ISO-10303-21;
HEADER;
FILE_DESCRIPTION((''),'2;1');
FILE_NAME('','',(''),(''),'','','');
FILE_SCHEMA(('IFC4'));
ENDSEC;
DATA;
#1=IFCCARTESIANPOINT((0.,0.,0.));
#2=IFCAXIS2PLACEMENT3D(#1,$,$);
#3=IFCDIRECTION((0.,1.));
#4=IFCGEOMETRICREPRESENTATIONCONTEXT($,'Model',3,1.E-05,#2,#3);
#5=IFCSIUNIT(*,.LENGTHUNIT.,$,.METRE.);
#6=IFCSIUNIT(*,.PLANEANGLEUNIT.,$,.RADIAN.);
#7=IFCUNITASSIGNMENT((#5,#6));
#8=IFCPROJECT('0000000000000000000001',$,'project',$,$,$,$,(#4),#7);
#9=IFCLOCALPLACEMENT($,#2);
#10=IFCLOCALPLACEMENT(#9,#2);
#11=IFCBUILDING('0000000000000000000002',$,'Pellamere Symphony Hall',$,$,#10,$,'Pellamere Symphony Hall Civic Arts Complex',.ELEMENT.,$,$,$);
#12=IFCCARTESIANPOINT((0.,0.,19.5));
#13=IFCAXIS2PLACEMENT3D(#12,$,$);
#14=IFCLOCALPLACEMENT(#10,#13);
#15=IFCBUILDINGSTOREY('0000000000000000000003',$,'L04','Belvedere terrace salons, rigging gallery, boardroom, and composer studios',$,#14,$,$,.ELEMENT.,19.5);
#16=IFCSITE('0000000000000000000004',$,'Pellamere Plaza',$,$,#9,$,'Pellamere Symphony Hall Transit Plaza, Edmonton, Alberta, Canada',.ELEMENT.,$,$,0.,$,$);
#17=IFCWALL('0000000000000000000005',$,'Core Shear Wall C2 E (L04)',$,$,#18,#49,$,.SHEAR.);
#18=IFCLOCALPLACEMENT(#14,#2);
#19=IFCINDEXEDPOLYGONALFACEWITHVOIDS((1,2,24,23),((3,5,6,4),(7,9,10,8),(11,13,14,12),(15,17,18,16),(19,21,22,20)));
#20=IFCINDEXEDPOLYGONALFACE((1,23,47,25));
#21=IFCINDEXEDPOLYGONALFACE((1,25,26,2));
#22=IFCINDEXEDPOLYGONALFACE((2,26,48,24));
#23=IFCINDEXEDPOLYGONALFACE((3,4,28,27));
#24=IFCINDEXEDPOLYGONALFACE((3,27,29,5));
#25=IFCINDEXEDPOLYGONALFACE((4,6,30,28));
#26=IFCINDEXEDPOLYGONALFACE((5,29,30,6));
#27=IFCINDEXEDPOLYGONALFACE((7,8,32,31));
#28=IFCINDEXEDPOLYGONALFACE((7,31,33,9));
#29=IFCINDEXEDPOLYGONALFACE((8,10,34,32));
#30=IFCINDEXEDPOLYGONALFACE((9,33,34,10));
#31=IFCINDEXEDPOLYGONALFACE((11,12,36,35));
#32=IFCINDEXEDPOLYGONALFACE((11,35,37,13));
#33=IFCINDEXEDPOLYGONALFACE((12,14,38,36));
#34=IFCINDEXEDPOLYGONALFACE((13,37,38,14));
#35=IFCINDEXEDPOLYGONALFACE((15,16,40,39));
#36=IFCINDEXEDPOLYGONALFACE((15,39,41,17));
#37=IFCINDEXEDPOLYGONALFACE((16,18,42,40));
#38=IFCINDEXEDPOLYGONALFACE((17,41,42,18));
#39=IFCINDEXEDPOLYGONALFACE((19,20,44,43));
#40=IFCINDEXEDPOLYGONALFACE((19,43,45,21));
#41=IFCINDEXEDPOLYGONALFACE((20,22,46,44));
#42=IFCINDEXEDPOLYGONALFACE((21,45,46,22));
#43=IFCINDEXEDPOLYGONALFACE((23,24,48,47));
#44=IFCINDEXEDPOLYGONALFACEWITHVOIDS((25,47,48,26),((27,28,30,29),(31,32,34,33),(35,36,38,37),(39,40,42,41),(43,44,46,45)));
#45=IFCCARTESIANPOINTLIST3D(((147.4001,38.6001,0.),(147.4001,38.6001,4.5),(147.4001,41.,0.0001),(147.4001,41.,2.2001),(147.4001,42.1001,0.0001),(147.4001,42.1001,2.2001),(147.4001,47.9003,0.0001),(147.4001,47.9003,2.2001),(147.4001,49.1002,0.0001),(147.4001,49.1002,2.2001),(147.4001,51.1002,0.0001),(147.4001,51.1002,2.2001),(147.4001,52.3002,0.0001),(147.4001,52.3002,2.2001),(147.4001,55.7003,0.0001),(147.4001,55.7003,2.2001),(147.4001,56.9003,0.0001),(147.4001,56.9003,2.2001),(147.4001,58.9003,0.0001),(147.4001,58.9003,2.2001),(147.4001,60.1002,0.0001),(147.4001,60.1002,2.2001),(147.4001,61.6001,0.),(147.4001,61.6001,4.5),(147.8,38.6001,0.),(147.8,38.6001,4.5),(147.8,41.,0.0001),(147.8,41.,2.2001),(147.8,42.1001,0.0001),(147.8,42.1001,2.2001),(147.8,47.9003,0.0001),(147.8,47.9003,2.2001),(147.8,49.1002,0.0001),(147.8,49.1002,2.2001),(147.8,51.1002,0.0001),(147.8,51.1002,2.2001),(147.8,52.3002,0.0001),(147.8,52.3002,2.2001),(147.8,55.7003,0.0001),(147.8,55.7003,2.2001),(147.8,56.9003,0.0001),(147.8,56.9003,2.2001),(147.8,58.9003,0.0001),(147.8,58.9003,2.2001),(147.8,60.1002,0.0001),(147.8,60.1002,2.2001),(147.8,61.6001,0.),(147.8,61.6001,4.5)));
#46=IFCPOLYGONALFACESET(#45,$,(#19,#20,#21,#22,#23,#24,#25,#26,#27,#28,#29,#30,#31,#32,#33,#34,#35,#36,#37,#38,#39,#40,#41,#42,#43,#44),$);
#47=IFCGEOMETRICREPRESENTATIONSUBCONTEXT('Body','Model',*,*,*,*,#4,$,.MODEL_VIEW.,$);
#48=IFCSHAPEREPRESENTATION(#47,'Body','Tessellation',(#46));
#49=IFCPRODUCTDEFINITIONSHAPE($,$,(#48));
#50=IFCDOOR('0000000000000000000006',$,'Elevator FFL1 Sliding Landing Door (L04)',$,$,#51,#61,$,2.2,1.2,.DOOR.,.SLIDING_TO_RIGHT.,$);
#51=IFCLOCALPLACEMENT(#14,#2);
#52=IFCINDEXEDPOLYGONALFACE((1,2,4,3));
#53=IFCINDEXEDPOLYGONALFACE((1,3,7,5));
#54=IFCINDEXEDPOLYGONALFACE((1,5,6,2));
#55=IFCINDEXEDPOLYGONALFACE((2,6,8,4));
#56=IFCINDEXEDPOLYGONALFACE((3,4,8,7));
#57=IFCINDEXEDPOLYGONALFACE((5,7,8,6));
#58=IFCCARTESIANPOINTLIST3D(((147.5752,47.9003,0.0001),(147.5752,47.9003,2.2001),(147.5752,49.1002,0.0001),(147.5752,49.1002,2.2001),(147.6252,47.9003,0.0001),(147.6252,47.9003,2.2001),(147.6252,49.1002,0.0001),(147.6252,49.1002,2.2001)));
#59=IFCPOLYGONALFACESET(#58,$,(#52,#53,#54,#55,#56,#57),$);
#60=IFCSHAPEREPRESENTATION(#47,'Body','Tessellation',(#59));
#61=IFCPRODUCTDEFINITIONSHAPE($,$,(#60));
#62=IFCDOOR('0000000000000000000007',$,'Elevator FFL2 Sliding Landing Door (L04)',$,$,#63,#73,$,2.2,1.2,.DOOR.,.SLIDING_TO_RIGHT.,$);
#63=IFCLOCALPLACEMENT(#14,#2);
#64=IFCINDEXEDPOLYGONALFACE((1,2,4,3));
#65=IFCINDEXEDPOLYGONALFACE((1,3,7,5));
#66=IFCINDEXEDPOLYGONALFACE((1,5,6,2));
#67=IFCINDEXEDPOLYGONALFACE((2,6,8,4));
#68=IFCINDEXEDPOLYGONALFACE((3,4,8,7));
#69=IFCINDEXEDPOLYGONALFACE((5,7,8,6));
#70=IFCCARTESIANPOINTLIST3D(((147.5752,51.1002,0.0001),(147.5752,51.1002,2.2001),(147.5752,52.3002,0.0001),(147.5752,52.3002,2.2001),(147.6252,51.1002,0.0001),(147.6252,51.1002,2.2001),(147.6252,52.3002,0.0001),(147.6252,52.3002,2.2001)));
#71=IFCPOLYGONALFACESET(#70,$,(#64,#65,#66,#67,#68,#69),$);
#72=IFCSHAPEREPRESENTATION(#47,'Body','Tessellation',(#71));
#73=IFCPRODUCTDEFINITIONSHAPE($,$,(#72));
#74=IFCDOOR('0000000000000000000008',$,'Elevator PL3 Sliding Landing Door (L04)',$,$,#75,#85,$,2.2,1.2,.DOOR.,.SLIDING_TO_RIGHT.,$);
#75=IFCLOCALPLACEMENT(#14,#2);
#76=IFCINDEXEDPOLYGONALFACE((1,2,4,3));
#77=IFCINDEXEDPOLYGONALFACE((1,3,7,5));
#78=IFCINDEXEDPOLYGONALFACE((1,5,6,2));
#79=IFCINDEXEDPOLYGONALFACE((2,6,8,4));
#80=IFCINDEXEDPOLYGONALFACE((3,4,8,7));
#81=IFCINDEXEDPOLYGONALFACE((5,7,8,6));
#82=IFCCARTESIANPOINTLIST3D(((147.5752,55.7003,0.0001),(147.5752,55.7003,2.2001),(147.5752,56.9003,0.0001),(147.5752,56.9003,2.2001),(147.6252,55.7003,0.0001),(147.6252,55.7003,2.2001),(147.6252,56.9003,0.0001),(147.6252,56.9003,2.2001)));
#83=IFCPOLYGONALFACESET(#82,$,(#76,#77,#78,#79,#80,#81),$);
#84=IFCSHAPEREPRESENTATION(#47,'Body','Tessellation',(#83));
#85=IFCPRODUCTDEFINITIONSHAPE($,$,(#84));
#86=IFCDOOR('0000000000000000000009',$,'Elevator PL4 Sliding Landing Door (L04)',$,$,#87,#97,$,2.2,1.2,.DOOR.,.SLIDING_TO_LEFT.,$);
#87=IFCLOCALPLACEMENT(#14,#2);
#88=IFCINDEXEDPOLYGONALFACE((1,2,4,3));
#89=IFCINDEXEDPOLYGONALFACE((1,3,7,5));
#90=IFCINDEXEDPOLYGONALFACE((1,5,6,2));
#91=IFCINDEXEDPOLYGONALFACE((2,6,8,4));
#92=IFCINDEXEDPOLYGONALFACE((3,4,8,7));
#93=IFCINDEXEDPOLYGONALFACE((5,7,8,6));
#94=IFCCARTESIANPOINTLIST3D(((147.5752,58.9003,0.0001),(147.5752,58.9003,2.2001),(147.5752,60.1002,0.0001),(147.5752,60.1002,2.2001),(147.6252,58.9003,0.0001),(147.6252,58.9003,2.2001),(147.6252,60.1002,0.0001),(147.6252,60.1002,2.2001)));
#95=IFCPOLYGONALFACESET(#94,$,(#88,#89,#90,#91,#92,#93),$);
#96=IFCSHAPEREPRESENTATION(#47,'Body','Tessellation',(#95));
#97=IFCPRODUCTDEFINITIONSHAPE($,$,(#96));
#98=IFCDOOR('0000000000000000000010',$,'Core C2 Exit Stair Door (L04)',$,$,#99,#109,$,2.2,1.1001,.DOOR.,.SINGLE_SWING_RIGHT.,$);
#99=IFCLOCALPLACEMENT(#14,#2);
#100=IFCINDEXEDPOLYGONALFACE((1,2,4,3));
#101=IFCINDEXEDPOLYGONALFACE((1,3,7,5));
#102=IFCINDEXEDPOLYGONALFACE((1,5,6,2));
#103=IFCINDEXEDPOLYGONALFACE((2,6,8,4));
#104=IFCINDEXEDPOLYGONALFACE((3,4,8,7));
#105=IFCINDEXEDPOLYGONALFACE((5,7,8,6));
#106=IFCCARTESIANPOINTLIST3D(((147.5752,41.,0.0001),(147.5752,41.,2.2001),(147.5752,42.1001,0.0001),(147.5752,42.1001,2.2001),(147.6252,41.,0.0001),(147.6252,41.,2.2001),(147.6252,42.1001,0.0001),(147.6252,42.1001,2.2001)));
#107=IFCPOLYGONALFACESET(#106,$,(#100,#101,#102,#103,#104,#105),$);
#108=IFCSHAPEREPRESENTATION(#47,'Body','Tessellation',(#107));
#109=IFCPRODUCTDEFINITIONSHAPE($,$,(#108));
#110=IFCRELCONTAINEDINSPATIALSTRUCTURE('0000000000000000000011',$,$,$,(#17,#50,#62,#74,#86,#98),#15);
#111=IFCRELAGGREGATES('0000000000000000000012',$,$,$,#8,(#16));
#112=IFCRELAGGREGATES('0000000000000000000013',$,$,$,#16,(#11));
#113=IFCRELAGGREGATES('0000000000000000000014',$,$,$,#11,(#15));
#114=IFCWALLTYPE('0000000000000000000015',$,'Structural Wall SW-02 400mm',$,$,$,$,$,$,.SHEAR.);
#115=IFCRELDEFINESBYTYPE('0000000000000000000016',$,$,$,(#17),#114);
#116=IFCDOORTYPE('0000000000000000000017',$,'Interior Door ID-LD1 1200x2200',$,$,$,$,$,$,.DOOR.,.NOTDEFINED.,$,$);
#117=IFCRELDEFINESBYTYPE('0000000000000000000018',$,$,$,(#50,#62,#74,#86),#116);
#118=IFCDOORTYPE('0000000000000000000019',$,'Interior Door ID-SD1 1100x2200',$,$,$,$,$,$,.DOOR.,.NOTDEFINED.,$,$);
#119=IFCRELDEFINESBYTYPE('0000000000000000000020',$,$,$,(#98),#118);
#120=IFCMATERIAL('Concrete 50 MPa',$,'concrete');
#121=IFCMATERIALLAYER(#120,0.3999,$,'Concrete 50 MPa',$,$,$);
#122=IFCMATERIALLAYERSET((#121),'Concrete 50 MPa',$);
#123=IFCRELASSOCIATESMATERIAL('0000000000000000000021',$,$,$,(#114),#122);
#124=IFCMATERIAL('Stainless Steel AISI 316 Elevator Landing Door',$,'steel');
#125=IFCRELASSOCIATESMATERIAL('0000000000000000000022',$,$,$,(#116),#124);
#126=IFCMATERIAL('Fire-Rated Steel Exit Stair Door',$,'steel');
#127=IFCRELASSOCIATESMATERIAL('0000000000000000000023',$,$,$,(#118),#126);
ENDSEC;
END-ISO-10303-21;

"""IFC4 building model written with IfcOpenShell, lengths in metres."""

from ifc_helpers import new_model, si_unit, direction, frame, frame_2d, origin, place, context, subcontext, project, spatial, rectangle, extrude, material, layer, layer_set, type_object, element, fill, save


model = new_model("IFC4")

# Units and contexts
model_context = context("Model", 3, precision=1e-05, world=origin(), true_north=direction((0.0, 1.0)))
body_context = subcontext(model_context, "Body", "Model", "MODEL_VIEW")
ifc_project = project(units=[si_unit("LENGTHUNIT", "METRE"), si_unit("PLANEANGLEUNIT", "RADIAN")], contexts=[model_context])

# Site, building, storey
site_placement = place(None, origin())
site = spatial("IfcSite", under=ifc_project, at=site_placement, Name="Pellamere Plaza", LongName="Pellamere Symphony Hall Transit Plaza, Edmonton, Alberta, Canada", CompositionType="ELEMENT", RefElevation=0.0)
building_placement = place(site_placement, origin())
building = spatial("IfcBuilding", under=site, at=building_placement, Name="Pellamere Symphony Hall", LongName="Pellamere Symphony Hall Civic Arts Complex", CompositionType="ELEMENT")
storey_placement = place(building_placement, frame((0.0, 0.0, 19.5)))
storey = spatial("IfcBuildingStorey", under=building, at=storey_placement, Name="L04", Description="Belvedere terrace salons, rigging gallery, boardroom, and composer studios", CompositionType="ELEMENT", Elevation=19.5)

# Wall, openings, doors
ifc_material_1 = material(Name="Concrete 50 MPa", Category="concrete")
ifc_layer_1 = layer(ifc_material_1, 0.3999, Name="Concrete 50 MPa")
ifc_layer_set_1 = layer_set([ifc_layer_1], Name="Concrete 50 MPa")
wall_type_1 = type_object("IfcWallType", Name="Structural Wall SW-02 400mm", PredefinedType="SHEAR", material=ifc_layer_set_1)
wall_1_placement = place(storey_placement, frame((147.6001, 38.6001, 0.0), z_axis=(0.0, 0.0, 1.0), x_axis=(0.0, 1.0, 0.0)))
wall_1 = element("IfcWall", 1, at=wall_1_placement, inside=storey, type_object=wall_type_1, Name="Core Shear Wall C2 E (L04)", PredefinedType="SHEAR", context=body_context, shape_type="SweptSolid", body=[
    extrude(rectangle(XDim=23.0, YDim=0.3999, at=frame_2d((11.5, 0.0))), origin(), (0.0, 0.0, 1.0), 4.5),
])
opening_1_placement = place(wall_1_placement, frame((9.3, 0.0, 0.0)))
opening_1 = element("IfcOpeningElement", 2, at=opening_1_placement, cuts=wall_1, PredefinedType="OPENING", context=body_context, shape_type="SweptSolid", body=[
    extrude(rectangle(XDim=1.2, YDim=2.2, at=frame_2d((0.6001, 1.1001))), frame((0.0, 0.21, 0.0), z_axis=(0.0, -1.0, 0.0), x_axis=(1.0, 0.0, 0.0)), (0.0, 0.0, 1.0), 0.4199),
])
opening_2_placement = place(wall_1_placement, frame((12.5, 0.0, 0.0)))
opening_2 = element("IfcOpeningElement", 3, at=opening_2_placement, cuts=wall_1, PredefinedType="OPENING", context=body_context, shape_type="SweptSolid", body=[
    extrude(rectangle(XDim=1.2, YDim=2.2, at=frame_2d((0.6001, 1.1001))), frame((0.0, 0.21, 0.0), z_axis=(0.0, -1.0, 0.0), x_axis=(1.0, 0.0, 0.0)), (0.0, 0.0, 1.0), 0.4199),
])
opening_3_placement = place(wall_1_placement, frame((17.1001, 0.0, 0.0)))
opening_3 = element("IfcOpeningElement", 4, at=opening_3_placement, cuts=wall_1, PredefinedType="OPENING", context=body_context, shape_type="SweptSolid", body=[
    extrude(rectangle(XDim=1.2, YDim=2.2, at=frame_2d((0.6001, 1.1001))), frame((0.0, 0.21, 0.0), z_axis=(0.0, -1.0, 0.0), x_axis=(1.0, 0.0, 0.0)), (0.0, 0.0, 1.0), 0.4199),
])
opening_4_placement = place(wall_1_placement, frame((20.3, 0.0, 0.0)))
opening_4 = element("IfcOpeningElement", 5, at=opening_4_placement, cuts=wall_1, PredefinedType="OPENING", context=body_context, shape_type="SweptSolid", body=[
    extrude(rectangle(XDim=1.2, YDim=2.2, at=frame_2d((0.6001, 1.1001))), frame((0.0, 0.21, 0.0), z_axis=(0.0, -1.0, 0.0), x_axis=(1.0, 0.0, 0.0)), (0.0, 0.0, 1.0), 0.4199),
])
opening_5_placement = place(wall_1_placement, frame((2.3999, 0.0, 0.0)))
opening_5 = element("IfcOpeningElement", 6, at=opening_5_placement, cuts=wall_1, PredefinedType="OPENING", context=body_context, shape_type="SweptSolid", body=[
    extrude(rectangle(XDim=1.1001, YDim=2.2, at=frame_2d((0.55, 1.1001))), frame((0.0, 0.21, 0.0), z_axis=(0.0, -1.0, 0.0), x_axis=(1.0, 0.0, 0.0)), (0.0, 0.0, 1.0), 0.4199),
])
ifc_material_2 = material(Name="Stainless Steel AISI 316 Elevator Landing Door", Category="steel")
door_type_1 = type_object("IfcDoorType", Name="Interior Door ID-LD1 1200x2200", OperationType="NOTDEFINED", PredefinedType="DOOR", material=ifc_material_2)
door_1_placement = place(opening_1_placement, origin())
door_1 = element("IfcDoor", 7, at=door_1_placement, inside=storey, type_object=door_type_1, Name="Elevator FFL1 Sliding Landing Door (L04)", OperationType="SLIDING_TO_RIGHT", OverallHeight=2.2, OverallWidth=1.2, PredefinedType="DOOR", context=body_context, shape_type="SweptSolid", body=[
    extrude(rectangle(XDim=1.2, YDim=2.2, at=frame_2d((0.6001, 1.1001))), frame((0.0, 0.0249, 0.0), z_axis=(0.0, -1.0, 0.0), x_axis=(1.0, 0.0, 0.0)), (0.0, 0.0, 1.0), 0.05),
])
fill(opening_1, door_1)
door_2_placement = place(opening_2_placement, origin())
door_2 = element("IfcDoor", 8, at=door_2_placement, inside=storey, type_object=door_type_1, Name="Elevator FFL2 Sliding Landing Door (L04)", OperationType="SLIDING_TO_RIGHT", OverallHeight=2.2, OverallWidth=1.2, PredefinedType="DOOR", context=body_context, shape_type="SweptSolid", body=[
    extrude(rectangle(XDim=1.2, YDim=2.2, at=frame_2d((0.6001, 1.1001))), frame((0.0, 0.0249, 0.0), z_axis=(0.0, -1.0, 0.0), x_axis=(1.0, 0.0, 0.0)), (0.0, 0.0, 1.0), 0.05),
])
fill(opening_2, door_2)
door_3_placement = place(opening_3_placement, origin())
door_3 = element("IfcDoor", 9, at=door_3_placement, inside=storey, type_object=door_type_1, Name="Elevator PL3 Sliding Landing Door (L04)", OperationType="SLIDING_TO_RIGHT", OverallHeight=2.2, OverallWidth=1.2, PredefinedType="DOOR", context=body_context, shape_type="SweptSolid", body=[
    extrude(rectangle(XDim=1.2, YDim=2.2, at=frame_2d((0.6001, 1.1001))), frame((0.0, 0.0249, 0.0), z_axis=(0.0, -1.0, 0.0), x_axis=(1.0, 0.0, 0.0)), (0.0, 0.0, 1.0), 0.05),
])
fill(opening_3, door_3)
door_4_placement = place(opening_4_placement, origin())
door_4 = element("IfcDoor", 10, at=door_4_placement, inside=storey, type_object=door_type_1, Name="Elevator PL4 Sliding Landing Door (L04)", OperationType="SLIDING_TO_LEFT", OverallHeight=2.2, OverallWidth=1.2, PredefinedType="DOOR", context=body_context, shape_type="SweptSolid", body=[
    extrude(rectangle(XDim=1.2, YDim=2.2, at=frame_2d((0.6001, 1.1001))), frame((0.0, 0.0249, 0.0), z_axis=(0.0, -1.0, 0.0), x_axis=(1.0, 0.0, 0.0)), (0.0, 0.0, 1.0), 0.05),
])
fill(opening_4, door_4)
ifc_material_3 = material(Name="Fire-Rated Steel Exit Stair Door", Category="steel")
door_type_2 = type_object("IfcDoorType", Name="Interior Door ID-SD1 1100x2200", OperationType="NOTDEFINED", PredefinedType="DOOR", material=ifc_material_3)
door_5_placement = place(opening_5_placement, origin())
door_5 = element("IfcDoor", 11, at=door_5_placement, inside=storey, type_object=door_type_2, Name="Core C2 Exit Stair Door (L04)", OperationType="SINGLE_SWING_RIGHT", OverallHeight=2.2, OverallWidth=1.1001, PredefinedType="DOOR", context=body_context, shape_type="SweptSolid", body=[
    extrude(rectangle(XDim=1.1001, YDim=2.2, at=frame_2d((0.55, 1.1001))), frame((0.0, 0.0249, 0.0), z_axis=(0.0, -1.0, 0.0), x_axis=(1.0, 0.0, 0.0)), (0.0, 0.0, 1.0), 0.05),
])
fill(opening_5, door_5)

save(model, "model.ifc")
